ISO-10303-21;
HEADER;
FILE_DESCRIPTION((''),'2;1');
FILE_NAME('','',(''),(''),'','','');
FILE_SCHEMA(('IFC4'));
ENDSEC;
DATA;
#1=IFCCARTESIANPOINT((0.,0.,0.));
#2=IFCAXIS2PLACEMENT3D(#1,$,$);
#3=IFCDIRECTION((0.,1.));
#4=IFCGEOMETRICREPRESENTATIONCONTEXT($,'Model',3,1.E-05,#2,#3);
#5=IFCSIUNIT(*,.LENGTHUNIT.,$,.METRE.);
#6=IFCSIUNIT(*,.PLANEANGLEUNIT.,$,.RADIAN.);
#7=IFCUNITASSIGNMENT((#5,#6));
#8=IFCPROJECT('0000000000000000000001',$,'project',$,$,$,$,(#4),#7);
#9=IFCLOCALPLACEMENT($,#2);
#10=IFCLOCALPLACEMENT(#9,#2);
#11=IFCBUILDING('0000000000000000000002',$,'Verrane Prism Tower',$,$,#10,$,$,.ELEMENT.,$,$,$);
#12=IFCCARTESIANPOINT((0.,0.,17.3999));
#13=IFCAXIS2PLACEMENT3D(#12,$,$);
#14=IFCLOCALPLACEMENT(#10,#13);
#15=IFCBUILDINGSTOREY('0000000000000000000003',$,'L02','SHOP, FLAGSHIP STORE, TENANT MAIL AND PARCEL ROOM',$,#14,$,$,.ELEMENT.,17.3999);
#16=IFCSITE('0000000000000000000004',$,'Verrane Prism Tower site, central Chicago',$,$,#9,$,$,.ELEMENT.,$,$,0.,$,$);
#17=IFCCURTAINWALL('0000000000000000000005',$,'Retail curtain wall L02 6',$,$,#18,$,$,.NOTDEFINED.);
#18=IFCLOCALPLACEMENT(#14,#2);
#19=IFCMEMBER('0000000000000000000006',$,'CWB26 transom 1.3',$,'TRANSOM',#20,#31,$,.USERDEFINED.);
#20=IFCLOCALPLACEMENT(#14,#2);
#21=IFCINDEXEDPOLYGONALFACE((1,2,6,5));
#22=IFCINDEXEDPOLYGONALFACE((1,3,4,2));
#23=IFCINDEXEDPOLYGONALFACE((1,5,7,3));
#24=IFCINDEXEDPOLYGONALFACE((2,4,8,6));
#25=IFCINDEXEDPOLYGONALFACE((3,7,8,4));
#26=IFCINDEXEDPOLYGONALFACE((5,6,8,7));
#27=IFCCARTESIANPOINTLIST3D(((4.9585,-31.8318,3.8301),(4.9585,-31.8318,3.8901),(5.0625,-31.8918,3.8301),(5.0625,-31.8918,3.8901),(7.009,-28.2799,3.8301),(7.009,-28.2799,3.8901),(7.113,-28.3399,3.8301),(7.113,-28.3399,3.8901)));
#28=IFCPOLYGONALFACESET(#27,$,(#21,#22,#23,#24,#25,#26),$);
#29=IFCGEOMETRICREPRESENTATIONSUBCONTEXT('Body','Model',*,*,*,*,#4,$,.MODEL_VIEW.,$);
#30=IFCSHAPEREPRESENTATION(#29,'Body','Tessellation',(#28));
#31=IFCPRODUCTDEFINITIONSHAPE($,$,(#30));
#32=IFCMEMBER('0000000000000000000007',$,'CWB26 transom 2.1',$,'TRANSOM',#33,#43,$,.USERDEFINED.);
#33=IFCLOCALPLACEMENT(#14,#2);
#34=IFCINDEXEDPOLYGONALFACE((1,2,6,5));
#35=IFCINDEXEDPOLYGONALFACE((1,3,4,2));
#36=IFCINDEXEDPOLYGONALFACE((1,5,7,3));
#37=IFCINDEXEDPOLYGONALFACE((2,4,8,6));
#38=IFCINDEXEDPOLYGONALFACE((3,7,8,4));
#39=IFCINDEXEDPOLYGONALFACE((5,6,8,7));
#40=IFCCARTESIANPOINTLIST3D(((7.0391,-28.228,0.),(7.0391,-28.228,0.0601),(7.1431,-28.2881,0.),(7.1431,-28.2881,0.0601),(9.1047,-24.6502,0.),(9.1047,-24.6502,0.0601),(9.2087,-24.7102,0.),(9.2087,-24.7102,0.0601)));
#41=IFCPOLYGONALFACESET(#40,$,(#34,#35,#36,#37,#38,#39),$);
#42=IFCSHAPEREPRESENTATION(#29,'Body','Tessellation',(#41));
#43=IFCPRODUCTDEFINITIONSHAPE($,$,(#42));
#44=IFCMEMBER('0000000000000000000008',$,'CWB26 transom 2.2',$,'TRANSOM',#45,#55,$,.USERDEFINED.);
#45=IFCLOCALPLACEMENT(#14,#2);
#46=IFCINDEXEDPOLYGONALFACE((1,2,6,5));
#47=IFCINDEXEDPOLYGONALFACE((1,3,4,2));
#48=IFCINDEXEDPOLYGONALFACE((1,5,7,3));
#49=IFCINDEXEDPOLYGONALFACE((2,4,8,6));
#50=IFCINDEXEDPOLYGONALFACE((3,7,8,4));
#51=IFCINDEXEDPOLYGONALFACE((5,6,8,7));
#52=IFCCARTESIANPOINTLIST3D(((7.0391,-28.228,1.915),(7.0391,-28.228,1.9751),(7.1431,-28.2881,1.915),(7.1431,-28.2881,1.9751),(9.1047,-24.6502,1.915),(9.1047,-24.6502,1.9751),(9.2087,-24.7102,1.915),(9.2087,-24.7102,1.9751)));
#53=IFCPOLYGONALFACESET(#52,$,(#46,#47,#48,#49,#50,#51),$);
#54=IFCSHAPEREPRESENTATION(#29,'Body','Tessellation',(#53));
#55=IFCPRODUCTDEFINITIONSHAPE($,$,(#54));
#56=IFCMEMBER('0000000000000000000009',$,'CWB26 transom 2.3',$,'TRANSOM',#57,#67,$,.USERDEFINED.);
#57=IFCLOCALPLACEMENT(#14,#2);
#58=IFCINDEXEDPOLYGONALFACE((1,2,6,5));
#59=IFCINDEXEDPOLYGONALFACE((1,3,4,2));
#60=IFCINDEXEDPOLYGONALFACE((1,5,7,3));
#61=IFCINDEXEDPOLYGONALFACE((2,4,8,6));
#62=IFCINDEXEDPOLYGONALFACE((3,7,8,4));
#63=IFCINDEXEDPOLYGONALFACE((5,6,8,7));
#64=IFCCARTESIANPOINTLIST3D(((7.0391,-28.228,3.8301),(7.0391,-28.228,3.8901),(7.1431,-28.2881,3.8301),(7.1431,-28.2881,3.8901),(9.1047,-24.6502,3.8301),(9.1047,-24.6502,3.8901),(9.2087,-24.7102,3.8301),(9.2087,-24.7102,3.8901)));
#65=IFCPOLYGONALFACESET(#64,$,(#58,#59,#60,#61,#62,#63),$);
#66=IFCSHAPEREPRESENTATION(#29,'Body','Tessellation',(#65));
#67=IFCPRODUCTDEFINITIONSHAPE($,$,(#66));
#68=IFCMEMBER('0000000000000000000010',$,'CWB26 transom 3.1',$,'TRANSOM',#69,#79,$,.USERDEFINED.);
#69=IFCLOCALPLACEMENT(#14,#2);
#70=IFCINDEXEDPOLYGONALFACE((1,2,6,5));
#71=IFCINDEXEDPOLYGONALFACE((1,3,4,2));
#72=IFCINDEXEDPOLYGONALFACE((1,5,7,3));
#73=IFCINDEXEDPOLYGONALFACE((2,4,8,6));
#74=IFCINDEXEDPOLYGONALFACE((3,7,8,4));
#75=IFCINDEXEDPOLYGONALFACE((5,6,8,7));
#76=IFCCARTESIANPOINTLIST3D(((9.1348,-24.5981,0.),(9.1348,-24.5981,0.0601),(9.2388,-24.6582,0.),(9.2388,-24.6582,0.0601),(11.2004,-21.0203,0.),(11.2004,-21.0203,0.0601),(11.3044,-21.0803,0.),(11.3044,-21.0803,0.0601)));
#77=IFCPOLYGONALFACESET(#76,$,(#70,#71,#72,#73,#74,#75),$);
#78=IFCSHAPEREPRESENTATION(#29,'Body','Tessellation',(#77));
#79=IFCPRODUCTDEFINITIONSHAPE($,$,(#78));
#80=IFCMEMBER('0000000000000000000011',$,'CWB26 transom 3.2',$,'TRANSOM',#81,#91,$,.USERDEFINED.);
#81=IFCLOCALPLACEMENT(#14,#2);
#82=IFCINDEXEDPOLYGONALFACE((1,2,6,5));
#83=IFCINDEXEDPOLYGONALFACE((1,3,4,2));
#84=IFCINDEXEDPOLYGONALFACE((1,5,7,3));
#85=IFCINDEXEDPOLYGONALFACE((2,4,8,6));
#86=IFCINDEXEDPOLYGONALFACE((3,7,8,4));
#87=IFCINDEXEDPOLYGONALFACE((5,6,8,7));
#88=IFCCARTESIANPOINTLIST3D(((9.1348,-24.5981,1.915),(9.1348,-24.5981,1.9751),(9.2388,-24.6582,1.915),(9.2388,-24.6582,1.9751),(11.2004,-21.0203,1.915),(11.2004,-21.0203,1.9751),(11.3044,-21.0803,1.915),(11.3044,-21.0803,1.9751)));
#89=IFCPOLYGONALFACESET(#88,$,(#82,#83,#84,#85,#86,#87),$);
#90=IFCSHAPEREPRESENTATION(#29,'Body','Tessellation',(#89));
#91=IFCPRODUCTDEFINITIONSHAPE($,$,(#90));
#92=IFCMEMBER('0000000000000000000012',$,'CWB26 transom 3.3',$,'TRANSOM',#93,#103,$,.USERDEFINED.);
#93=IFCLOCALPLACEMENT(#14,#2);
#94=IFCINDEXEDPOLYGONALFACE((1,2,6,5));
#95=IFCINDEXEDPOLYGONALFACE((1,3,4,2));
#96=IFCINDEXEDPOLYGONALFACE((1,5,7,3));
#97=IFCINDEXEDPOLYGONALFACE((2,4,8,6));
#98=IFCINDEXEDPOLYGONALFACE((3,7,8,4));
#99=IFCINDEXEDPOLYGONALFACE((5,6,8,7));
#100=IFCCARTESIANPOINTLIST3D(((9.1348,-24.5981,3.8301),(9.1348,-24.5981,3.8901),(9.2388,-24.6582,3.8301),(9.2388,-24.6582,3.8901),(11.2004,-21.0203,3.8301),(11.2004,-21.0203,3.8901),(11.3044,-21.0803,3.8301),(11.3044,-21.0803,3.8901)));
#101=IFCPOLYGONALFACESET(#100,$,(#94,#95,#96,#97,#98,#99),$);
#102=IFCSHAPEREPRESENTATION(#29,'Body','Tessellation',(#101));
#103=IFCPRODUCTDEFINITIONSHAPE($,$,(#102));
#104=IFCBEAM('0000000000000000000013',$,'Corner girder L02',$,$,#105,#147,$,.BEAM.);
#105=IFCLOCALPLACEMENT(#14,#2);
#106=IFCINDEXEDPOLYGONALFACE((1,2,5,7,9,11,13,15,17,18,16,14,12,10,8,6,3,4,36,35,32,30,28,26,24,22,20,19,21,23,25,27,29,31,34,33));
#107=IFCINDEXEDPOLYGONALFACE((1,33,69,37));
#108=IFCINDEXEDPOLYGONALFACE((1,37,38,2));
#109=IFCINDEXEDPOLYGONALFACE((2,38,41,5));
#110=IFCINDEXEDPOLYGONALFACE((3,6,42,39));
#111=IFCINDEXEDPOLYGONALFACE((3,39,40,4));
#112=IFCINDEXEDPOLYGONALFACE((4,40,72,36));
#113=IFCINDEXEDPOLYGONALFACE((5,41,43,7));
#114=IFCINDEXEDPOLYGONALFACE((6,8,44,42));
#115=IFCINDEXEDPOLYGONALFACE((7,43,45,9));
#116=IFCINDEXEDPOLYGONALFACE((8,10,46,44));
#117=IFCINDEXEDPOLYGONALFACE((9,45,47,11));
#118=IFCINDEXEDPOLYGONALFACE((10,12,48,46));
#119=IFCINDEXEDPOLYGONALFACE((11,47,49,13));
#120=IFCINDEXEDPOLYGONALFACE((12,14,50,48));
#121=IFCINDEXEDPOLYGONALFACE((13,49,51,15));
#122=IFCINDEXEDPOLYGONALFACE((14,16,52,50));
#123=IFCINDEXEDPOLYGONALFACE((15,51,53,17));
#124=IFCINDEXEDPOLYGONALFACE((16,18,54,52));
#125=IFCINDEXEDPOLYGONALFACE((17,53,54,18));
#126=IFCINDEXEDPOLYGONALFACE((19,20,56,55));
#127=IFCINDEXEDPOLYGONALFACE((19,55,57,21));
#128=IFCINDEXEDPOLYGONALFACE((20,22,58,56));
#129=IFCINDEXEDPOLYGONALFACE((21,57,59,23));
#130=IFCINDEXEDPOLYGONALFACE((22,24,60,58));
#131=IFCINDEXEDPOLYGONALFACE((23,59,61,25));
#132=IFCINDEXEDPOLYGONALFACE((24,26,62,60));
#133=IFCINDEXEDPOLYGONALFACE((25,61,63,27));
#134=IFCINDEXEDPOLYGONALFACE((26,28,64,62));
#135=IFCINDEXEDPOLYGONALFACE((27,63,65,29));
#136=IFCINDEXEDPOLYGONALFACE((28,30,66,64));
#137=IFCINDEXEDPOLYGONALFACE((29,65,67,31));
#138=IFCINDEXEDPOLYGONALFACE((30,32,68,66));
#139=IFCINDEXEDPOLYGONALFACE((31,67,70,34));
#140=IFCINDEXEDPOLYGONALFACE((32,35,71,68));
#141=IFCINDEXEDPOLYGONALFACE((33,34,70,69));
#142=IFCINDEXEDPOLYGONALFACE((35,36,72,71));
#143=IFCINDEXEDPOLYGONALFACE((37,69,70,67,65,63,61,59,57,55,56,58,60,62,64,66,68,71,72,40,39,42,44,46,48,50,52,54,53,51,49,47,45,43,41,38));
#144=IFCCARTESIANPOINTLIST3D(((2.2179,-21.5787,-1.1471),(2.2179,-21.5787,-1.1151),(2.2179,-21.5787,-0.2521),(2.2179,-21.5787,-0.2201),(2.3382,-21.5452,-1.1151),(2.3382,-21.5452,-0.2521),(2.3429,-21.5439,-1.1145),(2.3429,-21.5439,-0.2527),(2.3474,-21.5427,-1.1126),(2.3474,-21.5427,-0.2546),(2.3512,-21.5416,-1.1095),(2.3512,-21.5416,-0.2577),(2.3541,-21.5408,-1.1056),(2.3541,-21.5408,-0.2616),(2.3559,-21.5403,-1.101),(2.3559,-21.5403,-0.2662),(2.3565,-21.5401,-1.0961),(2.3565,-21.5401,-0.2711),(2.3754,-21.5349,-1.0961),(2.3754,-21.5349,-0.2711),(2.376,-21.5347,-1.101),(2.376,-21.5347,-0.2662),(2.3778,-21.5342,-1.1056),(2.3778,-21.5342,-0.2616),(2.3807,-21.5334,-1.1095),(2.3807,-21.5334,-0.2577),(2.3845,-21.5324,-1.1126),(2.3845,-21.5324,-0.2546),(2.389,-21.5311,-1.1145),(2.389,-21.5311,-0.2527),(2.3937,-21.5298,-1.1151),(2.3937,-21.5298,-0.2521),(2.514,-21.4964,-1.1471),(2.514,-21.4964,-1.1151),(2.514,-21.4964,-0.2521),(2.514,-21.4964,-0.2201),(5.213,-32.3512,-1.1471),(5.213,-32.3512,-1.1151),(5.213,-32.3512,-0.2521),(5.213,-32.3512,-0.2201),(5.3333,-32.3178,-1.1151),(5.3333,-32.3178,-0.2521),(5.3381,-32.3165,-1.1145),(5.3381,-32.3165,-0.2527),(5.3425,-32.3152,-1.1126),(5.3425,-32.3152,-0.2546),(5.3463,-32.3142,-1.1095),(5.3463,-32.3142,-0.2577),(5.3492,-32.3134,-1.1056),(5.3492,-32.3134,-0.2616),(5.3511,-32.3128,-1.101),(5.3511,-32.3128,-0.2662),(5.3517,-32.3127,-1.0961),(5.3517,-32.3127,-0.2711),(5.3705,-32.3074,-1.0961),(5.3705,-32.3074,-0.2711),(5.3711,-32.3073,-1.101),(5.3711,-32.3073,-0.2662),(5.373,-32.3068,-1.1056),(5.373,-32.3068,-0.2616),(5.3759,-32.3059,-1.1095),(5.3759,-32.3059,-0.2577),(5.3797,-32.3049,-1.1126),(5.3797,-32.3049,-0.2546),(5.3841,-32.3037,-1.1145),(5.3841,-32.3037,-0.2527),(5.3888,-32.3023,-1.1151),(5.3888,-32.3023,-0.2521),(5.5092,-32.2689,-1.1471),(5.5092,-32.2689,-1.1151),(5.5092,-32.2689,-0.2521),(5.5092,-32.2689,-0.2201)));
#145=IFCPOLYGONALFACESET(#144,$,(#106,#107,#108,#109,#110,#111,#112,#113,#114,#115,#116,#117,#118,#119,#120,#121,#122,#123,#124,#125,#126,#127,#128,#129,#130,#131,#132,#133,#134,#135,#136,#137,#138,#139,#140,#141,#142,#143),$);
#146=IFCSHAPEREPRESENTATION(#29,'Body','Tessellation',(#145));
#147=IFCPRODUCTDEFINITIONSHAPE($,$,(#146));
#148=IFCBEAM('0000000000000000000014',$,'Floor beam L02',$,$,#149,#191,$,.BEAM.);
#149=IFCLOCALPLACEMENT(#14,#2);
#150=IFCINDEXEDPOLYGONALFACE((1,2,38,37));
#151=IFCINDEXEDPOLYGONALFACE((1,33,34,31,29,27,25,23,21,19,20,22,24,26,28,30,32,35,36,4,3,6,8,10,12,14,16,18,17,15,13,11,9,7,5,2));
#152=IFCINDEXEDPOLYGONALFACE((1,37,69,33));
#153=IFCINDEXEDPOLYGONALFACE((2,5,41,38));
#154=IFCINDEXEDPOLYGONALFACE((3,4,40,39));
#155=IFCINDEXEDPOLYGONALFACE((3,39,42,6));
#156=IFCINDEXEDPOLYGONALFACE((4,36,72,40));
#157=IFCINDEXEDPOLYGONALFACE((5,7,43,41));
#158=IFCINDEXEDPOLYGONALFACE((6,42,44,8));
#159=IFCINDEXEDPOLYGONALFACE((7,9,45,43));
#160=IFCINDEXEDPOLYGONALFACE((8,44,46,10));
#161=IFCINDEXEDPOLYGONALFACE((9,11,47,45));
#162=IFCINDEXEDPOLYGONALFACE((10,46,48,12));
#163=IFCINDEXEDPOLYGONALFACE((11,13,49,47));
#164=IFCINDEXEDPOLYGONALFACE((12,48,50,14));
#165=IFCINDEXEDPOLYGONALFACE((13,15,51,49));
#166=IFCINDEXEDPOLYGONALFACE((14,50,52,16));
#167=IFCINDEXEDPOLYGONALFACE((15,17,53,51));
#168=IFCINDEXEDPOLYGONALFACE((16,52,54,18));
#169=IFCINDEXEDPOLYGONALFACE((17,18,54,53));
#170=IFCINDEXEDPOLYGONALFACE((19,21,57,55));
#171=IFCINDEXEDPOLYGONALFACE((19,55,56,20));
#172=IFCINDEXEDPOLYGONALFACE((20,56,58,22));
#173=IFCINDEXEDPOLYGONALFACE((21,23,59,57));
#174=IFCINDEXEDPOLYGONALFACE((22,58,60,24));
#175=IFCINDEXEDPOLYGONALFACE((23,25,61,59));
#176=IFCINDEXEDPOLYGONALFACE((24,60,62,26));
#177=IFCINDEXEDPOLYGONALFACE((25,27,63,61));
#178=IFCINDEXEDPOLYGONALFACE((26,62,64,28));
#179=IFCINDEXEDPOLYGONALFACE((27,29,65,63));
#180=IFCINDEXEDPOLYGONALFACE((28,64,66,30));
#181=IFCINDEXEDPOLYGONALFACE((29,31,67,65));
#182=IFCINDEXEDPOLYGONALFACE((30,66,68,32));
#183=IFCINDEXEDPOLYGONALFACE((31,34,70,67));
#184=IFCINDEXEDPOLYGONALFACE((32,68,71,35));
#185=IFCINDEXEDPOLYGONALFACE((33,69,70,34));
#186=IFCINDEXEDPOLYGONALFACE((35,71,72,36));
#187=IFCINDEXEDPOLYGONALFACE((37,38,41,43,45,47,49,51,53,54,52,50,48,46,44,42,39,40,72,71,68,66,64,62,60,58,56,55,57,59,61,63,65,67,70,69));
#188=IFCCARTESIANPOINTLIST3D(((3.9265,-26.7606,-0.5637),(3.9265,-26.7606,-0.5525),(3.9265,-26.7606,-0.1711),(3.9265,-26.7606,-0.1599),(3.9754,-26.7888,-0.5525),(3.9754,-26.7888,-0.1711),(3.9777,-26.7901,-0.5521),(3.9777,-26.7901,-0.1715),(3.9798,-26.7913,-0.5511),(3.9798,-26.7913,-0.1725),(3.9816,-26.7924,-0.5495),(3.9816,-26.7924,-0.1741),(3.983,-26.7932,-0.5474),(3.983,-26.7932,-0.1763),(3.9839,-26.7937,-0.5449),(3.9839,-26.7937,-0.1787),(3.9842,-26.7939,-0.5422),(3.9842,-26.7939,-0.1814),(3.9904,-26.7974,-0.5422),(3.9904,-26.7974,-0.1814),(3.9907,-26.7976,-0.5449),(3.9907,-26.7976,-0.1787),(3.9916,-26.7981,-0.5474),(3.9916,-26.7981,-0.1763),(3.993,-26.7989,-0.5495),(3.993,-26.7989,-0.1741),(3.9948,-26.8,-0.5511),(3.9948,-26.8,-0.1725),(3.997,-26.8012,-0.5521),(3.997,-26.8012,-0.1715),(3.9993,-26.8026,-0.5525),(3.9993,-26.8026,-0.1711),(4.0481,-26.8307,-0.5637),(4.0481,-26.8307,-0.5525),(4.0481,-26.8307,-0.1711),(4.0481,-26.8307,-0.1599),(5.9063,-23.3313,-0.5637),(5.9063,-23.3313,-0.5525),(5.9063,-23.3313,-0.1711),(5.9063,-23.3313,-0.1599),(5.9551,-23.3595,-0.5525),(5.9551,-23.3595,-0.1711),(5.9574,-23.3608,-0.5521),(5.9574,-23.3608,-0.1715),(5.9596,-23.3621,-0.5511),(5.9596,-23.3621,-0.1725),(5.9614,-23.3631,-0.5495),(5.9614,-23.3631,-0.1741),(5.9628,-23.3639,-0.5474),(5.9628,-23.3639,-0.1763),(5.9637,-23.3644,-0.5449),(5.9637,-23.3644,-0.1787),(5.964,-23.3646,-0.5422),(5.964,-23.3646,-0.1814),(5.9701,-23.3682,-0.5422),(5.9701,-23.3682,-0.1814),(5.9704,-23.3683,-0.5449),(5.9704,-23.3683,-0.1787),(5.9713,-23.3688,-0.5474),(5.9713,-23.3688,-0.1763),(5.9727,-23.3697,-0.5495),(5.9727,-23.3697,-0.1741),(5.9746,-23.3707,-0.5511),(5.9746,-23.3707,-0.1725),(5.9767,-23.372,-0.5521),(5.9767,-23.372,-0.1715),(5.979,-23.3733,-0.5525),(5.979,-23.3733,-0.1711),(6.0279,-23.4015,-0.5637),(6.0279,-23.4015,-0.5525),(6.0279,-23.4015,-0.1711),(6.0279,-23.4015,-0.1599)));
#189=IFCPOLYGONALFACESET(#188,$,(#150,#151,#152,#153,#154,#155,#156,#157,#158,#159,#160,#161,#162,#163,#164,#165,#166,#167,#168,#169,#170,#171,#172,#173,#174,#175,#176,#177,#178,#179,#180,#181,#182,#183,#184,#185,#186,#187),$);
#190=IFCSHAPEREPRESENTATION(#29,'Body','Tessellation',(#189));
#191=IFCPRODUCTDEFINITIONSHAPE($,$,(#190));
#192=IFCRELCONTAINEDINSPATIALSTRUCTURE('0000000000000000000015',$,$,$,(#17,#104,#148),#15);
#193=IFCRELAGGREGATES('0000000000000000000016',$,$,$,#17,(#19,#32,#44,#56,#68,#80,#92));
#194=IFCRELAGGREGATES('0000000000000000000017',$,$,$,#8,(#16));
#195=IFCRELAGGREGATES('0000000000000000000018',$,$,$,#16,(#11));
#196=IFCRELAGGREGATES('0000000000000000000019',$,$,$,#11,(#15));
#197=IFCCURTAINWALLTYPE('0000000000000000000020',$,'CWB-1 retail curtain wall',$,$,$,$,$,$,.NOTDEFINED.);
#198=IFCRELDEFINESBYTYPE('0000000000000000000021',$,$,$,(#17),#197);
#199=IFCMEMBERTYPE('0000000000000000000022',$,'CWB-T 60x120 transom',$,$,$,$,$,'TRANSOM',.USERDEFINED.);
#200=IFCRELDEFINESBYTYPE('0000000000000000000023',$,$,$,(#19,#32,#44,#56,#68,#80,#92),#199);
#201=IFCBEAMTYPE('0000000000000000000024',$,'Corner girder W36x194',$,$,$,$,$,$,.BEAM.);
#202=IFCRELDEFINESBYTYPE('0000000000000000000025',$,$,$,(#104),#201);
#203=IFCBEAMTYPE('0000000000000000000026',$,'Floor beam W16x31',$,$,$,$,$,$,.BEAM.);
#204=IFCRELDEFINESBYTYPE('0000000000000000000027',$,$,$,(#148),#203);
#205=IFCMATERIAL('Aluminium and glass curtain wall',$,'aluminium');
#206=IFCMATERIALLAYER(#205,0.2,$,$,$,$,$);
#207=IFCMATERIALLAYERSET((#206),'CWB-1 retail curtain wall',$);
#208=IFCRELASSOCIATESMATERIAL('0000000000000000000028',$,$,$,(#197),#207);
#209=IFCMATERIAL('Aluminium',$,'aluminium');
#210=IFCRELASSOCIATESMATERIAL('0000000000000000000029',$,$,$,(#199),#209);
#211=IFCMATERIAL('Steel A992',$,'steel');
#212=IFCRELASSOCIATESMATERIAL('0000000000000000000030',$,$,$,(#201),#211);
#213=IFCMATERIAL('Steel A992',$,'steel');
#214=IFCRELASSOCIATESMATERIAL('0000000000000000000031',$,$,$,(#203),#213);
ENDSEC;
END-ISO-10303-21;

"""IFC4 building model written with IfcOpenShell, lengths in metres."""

from ifc_helpers import new_model, si_unit, direction, frame, origin, origin_2d, place, context, subcontext, project, spatial, rectangle, i_section, extrude, material, layer, layer_set, material_profile, profile_set, type_object, element, aggregate, save


model = new_model("IFC4")

# Units and contexts
model_context = context("Model", 3, precision=1e-05, world=origin(), true_north=direction((0.0, 1.0)))
body_context = subcontext(model_context, "Body", "Model", "MODEL_VIEW")
ifc_project = project(units=[si_unit("LENGTHUNIT", "METRE"), si_unit("PLANEANGLEUNIT", "RADIAN")], contexts=[model_context])

# Site, building, storey
site_placement = place(None, origin())
site = spatial("IfcSite", under=ifc_project, at=site_placement, Name="Verrane Prism Tower site, central Chicago", CompositionType="ELEMENT", RefElevation=0.0)
building_placement = place(site_placement, origin())
building = spatial("IfcBuilding", under=site, at=building_placement, Name="Verrane Prism Tower", CompositionType="ELEMENT")
storey_placement = place(building_placement, frame((0.0, 0.0, 17.3999)))
storey = spatial("IfcBuildingStorey", under=building, at=storey_placement, Name="L02", Description="SHOP, FLAGSHIP STORE, TENANT MAIL AND PARCEL ROOM", CompositionType="ELEMENT", Elevation=17.3999)

# Shared definitions
ifc_material_1 = material(Name="Aluminium and glass curtain wall", Category="aluminium")
ifc_layer_1 = layer(ifc_material_1, 0.2)
ifc_layer_set_1 = layer_set([ifc_layer_1], Name="CWB-1 retail curtain wall")
curtain_wall_type = type_object("IfcCurtainWallType", Name="CWB-1 retail curtain wall", PredefinedType="NOTDEFINED", material=ifc_layer_set_1)

# Curtain wall
curtain_wall_1_placement = place(storey_placement, origin())
curtain_wall_1 = element("IfcCurtainWall", 1, at=curtain_wall_1_placement, inside=storey, type_object=curtain_wall_type, Name="Retail curtain wall L02 6", PredefinedType="NOTDEFINED")

# Members
ifc_material_2 = material(Name="Aluminium", Category="aluminium")
ifc_material_profile_1 = material_profile(ifc_material_2, rectangle(XDim=0.1201, YDim=0.0601, at=origin_2d()), Name="CWB-T 60x120 transom")
ifc_profile_set_1 = profile_set([ifc_material_profile_1], Name="Aluminium")
member_type_1 = type_object("IfcMemberType", Name="CWB-T 60x120 transom", ElementType="TRANSOM", PredefinedType="USERDEFINED", material=ifc_profile_set_1)
member_1_placement = place(storey_placement, frame((5.0105, -31.8618, 3.8601), z_axis=(0.499961, 0.866048, 0.0), x_axis=(-0.866048, 0.499961, 0.0)))
member_1 = element("IfcMember", 2, at=member_1_placement, type_object=member_type_1, Name="CWB26 transom 1.3", ObjectType="TRANSOM", PredefinedType="USERDEFINED", context=body_context, shape_type="SweptSolid", body=[
    extrude(rectangle(XDim=0.1201, YDim=0.0601, at=origin_2d()), origin(), (0.0, 0.0, 1.0), 4.1013),
])
member_2_placement = place(storey_placement, frame((7.0911, -28.2581, 0.03), z_axis=(0.499997, 0.866027, 0.0), x_axis=(-0.866027, 0.499997, 0.0)))
member_2 = element("IfcMember", 3, at=member_2_placement, type_object=member_type_1, Name="CWB26 transom 2.1", ObjectType="TRANSOM", PredefinedType="USERDEFINED", context=body_context, shape_type="SweptSolid", body=[
    extrude(rectangle(XDim=0.1201, YDim=0.0601, at=origin_2d()), origin(), (0.0, 0.0, 1.0), 4.1313),
])
member_3_placement = place(storey_placement, frame((7.0911, -28.2581, 1.9451), z_axis=(0.499997, 0.866027, 0.0), x_axis=(-0.866027, 0.499997, 0.0)))
member_3 = element("IfcMember", 4, at=member_3_placement, type_object=member_type_1, Name="CWB26 transom 2.2", ObjectType="TRANSOM", PredefinedType="USERDEFINED", context=body_context, shape_type="SweptSolid", body=[
    extrude(rectangle(XDim=0.1201, YDim=0.0601, at=origin_2d()), origin(), (0.0, 0.0, 1.0), 4.1313),
])
member_4_placement = place(storey_placement, frame((7.0911, -28.2581, 3.8601), z_axis=(0.499997, 0.866027, 0.0), x_axis=(-0.866027, 0.499997, 0.0)))
member_4 = element("IfcMember", 5, at=member_4_placement, type_object=member_type_1, Name="CWB26 transom 2.3", ObjectType="TRANSOM", PredefinedType="USERDEFINED", context=body_context, shape_type="SweptSolid", body=[
    extrude(rectangle(XDim=0.1201, YDim=0.0601, at=origin_2d()), origin(), (0.0, 0.0, 1.0), 4.1313),
])
member_5_placement = place(storey_placement, frame((9.1868, -24.6282, 0.03), z_axis=(0.499997, 0.866027, 0.0), x_axis=(-0.866027, 0.499997, 0.0)))
member_5 = element("IfcMember", 6, at=member_5_placement, type_object=member_type_1, Name="CWB26 transom 3.1", ObjectType="TRANSOM", PredefinedType="USERDEFINED", context=body_context, shape_type="SweptSolid", body=[
    extrude(rectangle(XDim=0.1201, YDim=0.0601, at=origin_2d()), origin(), (0.0, 0.0, 1.0), 4.1313),
])
member_6_placement = place(storey_placement, frame((9.1868, -24.6282, 1.9451), z_axis=(0.499997, 0.866027, 0.0), x_axis=(-0.866027, 0.499997, 0.0)))
member_6 = element("IfcMember", 7, at=member_6_placement, type_object=member_type_1, Name="CWB26 transom 3.2", ObjectType="TRANSOM", PredefinedType="USERDEFINED", context=body_context, shape_type="SweptSolid", body=[
    extrude(rectangle(XDim=0.1201, YDim=0.0601, at=origin_2d()), origin(), (0.0, 0.0, 1.0), 4.1313),
])
member_7_placement = place(storey_placement, frame((9.1868, -24.6282, 3.8601), z_axis=(0.499997, 0.866027, 0.0), x_axis=(-0.866027, 0.499997, 0.0)))
member_7 = element("IfcMember", 8, at=member_7_placement, type_object=member_type_1, Name="CWB26 transom 3.3", ObjectType="TRANSOM", PredefinedType="USERDEFINED", context=body_context, shape_type="SweptSolid", body=[
    extrude(rectangle(XDim=0.1201, YDim=0.0601, at=origin_2d()), origin(), (0.0, 0.0, 1.0), 4.1313),
])

# Beams
ifc_material_3 = material(Name="Steel A992", Category="steel")
ifc_material_profile_2 = material_profile(ifc_material_3, i_section(OverallWidth=0.3074, OverallDepth=0.927, WebThickness=0.0195, FlangeThickness=0.032, FilletRadius=0.019, at=origin_2d()), Name="W36x194")
ifc_profile_set_2 = profile_set([ifc_material_profile_2], Name="Steel A992")
beam_type_1 = type_object("IfcBeamType", Name="Corner girder W36x194", PredefinedType="BEAM", material=ifc_profile_set_2)
beam_1_placement = place(storey_placement, frame((5.3611, -32.3101, -0.6836), z_axis=(-0.267874, 0.963454, 0.0), x_axis=(-0.963454, -0.267874, 0.0)))
element("IfcBeam", 9, at=beam_1_placement, inside=storey, type_object=beam_type_1, Name="Corner girder L02", PredefinedType="BEAM", context=body_context, shape_type="SweptSolid", body=[
    extrude(i_section(OverallWidth=0.3074, OverallDepth=0.927, WebThickness=0.0195, FlangeThickness=0.032, FilletRadius=0.019, at=origin_2d()), origin(), (0.0, 0.0, 1.0), 11.1812),
])
ifc_material_4 = material(Name="Steel A992", Category="steel")
ifc_material_profile_3 = material_profile(ifc_material_4, i_section(OverallWidth=0.1404, OverallDepth=0.4038, WebThickness=0.0071, FlangeThickness=0.0112, FilletRadius=0.0103, at=origin_2d()), Name="W16x31")
ifc_profile_set_3 = profile_set([ifc_material_profile_3], Name="Steel A992")
beam_type_2 = type_object("IfcBeamType", Name="Floor beam W16x31", PredefinedType="BEAM", material=ifc_profile_set_3)
beam_2_placement = place(storey_placement, frame((3.9873, -26.7957, -0.3618), z_axis=(0.499979, 0.866038, 0.0), x_axis=(-0.866038, 0.499979, 0.0)))
element("IfcBeam", 10, at=beam_2_placement, inside=storey, type_object=beam_type_2, Name="Floor beam L02", PredefinedType="BEAM", context=body_context, shape_type="SweptSolid", body=[
    extrude(i_section(OverallWidth=0.1404, OverallDepth=0.4038, WebThickness=0.0071, FlangeThickness=0.0112, FilletRadius=0.0103, at=origin_2d()), origin(), (0.0, 0.0, 1.0), 3.9597),
])

aggregate(curtain_wall_1, [member_1, member_2, member_3, member_4, member_5, member_6, member_7])

save(model, "model.ifc")
